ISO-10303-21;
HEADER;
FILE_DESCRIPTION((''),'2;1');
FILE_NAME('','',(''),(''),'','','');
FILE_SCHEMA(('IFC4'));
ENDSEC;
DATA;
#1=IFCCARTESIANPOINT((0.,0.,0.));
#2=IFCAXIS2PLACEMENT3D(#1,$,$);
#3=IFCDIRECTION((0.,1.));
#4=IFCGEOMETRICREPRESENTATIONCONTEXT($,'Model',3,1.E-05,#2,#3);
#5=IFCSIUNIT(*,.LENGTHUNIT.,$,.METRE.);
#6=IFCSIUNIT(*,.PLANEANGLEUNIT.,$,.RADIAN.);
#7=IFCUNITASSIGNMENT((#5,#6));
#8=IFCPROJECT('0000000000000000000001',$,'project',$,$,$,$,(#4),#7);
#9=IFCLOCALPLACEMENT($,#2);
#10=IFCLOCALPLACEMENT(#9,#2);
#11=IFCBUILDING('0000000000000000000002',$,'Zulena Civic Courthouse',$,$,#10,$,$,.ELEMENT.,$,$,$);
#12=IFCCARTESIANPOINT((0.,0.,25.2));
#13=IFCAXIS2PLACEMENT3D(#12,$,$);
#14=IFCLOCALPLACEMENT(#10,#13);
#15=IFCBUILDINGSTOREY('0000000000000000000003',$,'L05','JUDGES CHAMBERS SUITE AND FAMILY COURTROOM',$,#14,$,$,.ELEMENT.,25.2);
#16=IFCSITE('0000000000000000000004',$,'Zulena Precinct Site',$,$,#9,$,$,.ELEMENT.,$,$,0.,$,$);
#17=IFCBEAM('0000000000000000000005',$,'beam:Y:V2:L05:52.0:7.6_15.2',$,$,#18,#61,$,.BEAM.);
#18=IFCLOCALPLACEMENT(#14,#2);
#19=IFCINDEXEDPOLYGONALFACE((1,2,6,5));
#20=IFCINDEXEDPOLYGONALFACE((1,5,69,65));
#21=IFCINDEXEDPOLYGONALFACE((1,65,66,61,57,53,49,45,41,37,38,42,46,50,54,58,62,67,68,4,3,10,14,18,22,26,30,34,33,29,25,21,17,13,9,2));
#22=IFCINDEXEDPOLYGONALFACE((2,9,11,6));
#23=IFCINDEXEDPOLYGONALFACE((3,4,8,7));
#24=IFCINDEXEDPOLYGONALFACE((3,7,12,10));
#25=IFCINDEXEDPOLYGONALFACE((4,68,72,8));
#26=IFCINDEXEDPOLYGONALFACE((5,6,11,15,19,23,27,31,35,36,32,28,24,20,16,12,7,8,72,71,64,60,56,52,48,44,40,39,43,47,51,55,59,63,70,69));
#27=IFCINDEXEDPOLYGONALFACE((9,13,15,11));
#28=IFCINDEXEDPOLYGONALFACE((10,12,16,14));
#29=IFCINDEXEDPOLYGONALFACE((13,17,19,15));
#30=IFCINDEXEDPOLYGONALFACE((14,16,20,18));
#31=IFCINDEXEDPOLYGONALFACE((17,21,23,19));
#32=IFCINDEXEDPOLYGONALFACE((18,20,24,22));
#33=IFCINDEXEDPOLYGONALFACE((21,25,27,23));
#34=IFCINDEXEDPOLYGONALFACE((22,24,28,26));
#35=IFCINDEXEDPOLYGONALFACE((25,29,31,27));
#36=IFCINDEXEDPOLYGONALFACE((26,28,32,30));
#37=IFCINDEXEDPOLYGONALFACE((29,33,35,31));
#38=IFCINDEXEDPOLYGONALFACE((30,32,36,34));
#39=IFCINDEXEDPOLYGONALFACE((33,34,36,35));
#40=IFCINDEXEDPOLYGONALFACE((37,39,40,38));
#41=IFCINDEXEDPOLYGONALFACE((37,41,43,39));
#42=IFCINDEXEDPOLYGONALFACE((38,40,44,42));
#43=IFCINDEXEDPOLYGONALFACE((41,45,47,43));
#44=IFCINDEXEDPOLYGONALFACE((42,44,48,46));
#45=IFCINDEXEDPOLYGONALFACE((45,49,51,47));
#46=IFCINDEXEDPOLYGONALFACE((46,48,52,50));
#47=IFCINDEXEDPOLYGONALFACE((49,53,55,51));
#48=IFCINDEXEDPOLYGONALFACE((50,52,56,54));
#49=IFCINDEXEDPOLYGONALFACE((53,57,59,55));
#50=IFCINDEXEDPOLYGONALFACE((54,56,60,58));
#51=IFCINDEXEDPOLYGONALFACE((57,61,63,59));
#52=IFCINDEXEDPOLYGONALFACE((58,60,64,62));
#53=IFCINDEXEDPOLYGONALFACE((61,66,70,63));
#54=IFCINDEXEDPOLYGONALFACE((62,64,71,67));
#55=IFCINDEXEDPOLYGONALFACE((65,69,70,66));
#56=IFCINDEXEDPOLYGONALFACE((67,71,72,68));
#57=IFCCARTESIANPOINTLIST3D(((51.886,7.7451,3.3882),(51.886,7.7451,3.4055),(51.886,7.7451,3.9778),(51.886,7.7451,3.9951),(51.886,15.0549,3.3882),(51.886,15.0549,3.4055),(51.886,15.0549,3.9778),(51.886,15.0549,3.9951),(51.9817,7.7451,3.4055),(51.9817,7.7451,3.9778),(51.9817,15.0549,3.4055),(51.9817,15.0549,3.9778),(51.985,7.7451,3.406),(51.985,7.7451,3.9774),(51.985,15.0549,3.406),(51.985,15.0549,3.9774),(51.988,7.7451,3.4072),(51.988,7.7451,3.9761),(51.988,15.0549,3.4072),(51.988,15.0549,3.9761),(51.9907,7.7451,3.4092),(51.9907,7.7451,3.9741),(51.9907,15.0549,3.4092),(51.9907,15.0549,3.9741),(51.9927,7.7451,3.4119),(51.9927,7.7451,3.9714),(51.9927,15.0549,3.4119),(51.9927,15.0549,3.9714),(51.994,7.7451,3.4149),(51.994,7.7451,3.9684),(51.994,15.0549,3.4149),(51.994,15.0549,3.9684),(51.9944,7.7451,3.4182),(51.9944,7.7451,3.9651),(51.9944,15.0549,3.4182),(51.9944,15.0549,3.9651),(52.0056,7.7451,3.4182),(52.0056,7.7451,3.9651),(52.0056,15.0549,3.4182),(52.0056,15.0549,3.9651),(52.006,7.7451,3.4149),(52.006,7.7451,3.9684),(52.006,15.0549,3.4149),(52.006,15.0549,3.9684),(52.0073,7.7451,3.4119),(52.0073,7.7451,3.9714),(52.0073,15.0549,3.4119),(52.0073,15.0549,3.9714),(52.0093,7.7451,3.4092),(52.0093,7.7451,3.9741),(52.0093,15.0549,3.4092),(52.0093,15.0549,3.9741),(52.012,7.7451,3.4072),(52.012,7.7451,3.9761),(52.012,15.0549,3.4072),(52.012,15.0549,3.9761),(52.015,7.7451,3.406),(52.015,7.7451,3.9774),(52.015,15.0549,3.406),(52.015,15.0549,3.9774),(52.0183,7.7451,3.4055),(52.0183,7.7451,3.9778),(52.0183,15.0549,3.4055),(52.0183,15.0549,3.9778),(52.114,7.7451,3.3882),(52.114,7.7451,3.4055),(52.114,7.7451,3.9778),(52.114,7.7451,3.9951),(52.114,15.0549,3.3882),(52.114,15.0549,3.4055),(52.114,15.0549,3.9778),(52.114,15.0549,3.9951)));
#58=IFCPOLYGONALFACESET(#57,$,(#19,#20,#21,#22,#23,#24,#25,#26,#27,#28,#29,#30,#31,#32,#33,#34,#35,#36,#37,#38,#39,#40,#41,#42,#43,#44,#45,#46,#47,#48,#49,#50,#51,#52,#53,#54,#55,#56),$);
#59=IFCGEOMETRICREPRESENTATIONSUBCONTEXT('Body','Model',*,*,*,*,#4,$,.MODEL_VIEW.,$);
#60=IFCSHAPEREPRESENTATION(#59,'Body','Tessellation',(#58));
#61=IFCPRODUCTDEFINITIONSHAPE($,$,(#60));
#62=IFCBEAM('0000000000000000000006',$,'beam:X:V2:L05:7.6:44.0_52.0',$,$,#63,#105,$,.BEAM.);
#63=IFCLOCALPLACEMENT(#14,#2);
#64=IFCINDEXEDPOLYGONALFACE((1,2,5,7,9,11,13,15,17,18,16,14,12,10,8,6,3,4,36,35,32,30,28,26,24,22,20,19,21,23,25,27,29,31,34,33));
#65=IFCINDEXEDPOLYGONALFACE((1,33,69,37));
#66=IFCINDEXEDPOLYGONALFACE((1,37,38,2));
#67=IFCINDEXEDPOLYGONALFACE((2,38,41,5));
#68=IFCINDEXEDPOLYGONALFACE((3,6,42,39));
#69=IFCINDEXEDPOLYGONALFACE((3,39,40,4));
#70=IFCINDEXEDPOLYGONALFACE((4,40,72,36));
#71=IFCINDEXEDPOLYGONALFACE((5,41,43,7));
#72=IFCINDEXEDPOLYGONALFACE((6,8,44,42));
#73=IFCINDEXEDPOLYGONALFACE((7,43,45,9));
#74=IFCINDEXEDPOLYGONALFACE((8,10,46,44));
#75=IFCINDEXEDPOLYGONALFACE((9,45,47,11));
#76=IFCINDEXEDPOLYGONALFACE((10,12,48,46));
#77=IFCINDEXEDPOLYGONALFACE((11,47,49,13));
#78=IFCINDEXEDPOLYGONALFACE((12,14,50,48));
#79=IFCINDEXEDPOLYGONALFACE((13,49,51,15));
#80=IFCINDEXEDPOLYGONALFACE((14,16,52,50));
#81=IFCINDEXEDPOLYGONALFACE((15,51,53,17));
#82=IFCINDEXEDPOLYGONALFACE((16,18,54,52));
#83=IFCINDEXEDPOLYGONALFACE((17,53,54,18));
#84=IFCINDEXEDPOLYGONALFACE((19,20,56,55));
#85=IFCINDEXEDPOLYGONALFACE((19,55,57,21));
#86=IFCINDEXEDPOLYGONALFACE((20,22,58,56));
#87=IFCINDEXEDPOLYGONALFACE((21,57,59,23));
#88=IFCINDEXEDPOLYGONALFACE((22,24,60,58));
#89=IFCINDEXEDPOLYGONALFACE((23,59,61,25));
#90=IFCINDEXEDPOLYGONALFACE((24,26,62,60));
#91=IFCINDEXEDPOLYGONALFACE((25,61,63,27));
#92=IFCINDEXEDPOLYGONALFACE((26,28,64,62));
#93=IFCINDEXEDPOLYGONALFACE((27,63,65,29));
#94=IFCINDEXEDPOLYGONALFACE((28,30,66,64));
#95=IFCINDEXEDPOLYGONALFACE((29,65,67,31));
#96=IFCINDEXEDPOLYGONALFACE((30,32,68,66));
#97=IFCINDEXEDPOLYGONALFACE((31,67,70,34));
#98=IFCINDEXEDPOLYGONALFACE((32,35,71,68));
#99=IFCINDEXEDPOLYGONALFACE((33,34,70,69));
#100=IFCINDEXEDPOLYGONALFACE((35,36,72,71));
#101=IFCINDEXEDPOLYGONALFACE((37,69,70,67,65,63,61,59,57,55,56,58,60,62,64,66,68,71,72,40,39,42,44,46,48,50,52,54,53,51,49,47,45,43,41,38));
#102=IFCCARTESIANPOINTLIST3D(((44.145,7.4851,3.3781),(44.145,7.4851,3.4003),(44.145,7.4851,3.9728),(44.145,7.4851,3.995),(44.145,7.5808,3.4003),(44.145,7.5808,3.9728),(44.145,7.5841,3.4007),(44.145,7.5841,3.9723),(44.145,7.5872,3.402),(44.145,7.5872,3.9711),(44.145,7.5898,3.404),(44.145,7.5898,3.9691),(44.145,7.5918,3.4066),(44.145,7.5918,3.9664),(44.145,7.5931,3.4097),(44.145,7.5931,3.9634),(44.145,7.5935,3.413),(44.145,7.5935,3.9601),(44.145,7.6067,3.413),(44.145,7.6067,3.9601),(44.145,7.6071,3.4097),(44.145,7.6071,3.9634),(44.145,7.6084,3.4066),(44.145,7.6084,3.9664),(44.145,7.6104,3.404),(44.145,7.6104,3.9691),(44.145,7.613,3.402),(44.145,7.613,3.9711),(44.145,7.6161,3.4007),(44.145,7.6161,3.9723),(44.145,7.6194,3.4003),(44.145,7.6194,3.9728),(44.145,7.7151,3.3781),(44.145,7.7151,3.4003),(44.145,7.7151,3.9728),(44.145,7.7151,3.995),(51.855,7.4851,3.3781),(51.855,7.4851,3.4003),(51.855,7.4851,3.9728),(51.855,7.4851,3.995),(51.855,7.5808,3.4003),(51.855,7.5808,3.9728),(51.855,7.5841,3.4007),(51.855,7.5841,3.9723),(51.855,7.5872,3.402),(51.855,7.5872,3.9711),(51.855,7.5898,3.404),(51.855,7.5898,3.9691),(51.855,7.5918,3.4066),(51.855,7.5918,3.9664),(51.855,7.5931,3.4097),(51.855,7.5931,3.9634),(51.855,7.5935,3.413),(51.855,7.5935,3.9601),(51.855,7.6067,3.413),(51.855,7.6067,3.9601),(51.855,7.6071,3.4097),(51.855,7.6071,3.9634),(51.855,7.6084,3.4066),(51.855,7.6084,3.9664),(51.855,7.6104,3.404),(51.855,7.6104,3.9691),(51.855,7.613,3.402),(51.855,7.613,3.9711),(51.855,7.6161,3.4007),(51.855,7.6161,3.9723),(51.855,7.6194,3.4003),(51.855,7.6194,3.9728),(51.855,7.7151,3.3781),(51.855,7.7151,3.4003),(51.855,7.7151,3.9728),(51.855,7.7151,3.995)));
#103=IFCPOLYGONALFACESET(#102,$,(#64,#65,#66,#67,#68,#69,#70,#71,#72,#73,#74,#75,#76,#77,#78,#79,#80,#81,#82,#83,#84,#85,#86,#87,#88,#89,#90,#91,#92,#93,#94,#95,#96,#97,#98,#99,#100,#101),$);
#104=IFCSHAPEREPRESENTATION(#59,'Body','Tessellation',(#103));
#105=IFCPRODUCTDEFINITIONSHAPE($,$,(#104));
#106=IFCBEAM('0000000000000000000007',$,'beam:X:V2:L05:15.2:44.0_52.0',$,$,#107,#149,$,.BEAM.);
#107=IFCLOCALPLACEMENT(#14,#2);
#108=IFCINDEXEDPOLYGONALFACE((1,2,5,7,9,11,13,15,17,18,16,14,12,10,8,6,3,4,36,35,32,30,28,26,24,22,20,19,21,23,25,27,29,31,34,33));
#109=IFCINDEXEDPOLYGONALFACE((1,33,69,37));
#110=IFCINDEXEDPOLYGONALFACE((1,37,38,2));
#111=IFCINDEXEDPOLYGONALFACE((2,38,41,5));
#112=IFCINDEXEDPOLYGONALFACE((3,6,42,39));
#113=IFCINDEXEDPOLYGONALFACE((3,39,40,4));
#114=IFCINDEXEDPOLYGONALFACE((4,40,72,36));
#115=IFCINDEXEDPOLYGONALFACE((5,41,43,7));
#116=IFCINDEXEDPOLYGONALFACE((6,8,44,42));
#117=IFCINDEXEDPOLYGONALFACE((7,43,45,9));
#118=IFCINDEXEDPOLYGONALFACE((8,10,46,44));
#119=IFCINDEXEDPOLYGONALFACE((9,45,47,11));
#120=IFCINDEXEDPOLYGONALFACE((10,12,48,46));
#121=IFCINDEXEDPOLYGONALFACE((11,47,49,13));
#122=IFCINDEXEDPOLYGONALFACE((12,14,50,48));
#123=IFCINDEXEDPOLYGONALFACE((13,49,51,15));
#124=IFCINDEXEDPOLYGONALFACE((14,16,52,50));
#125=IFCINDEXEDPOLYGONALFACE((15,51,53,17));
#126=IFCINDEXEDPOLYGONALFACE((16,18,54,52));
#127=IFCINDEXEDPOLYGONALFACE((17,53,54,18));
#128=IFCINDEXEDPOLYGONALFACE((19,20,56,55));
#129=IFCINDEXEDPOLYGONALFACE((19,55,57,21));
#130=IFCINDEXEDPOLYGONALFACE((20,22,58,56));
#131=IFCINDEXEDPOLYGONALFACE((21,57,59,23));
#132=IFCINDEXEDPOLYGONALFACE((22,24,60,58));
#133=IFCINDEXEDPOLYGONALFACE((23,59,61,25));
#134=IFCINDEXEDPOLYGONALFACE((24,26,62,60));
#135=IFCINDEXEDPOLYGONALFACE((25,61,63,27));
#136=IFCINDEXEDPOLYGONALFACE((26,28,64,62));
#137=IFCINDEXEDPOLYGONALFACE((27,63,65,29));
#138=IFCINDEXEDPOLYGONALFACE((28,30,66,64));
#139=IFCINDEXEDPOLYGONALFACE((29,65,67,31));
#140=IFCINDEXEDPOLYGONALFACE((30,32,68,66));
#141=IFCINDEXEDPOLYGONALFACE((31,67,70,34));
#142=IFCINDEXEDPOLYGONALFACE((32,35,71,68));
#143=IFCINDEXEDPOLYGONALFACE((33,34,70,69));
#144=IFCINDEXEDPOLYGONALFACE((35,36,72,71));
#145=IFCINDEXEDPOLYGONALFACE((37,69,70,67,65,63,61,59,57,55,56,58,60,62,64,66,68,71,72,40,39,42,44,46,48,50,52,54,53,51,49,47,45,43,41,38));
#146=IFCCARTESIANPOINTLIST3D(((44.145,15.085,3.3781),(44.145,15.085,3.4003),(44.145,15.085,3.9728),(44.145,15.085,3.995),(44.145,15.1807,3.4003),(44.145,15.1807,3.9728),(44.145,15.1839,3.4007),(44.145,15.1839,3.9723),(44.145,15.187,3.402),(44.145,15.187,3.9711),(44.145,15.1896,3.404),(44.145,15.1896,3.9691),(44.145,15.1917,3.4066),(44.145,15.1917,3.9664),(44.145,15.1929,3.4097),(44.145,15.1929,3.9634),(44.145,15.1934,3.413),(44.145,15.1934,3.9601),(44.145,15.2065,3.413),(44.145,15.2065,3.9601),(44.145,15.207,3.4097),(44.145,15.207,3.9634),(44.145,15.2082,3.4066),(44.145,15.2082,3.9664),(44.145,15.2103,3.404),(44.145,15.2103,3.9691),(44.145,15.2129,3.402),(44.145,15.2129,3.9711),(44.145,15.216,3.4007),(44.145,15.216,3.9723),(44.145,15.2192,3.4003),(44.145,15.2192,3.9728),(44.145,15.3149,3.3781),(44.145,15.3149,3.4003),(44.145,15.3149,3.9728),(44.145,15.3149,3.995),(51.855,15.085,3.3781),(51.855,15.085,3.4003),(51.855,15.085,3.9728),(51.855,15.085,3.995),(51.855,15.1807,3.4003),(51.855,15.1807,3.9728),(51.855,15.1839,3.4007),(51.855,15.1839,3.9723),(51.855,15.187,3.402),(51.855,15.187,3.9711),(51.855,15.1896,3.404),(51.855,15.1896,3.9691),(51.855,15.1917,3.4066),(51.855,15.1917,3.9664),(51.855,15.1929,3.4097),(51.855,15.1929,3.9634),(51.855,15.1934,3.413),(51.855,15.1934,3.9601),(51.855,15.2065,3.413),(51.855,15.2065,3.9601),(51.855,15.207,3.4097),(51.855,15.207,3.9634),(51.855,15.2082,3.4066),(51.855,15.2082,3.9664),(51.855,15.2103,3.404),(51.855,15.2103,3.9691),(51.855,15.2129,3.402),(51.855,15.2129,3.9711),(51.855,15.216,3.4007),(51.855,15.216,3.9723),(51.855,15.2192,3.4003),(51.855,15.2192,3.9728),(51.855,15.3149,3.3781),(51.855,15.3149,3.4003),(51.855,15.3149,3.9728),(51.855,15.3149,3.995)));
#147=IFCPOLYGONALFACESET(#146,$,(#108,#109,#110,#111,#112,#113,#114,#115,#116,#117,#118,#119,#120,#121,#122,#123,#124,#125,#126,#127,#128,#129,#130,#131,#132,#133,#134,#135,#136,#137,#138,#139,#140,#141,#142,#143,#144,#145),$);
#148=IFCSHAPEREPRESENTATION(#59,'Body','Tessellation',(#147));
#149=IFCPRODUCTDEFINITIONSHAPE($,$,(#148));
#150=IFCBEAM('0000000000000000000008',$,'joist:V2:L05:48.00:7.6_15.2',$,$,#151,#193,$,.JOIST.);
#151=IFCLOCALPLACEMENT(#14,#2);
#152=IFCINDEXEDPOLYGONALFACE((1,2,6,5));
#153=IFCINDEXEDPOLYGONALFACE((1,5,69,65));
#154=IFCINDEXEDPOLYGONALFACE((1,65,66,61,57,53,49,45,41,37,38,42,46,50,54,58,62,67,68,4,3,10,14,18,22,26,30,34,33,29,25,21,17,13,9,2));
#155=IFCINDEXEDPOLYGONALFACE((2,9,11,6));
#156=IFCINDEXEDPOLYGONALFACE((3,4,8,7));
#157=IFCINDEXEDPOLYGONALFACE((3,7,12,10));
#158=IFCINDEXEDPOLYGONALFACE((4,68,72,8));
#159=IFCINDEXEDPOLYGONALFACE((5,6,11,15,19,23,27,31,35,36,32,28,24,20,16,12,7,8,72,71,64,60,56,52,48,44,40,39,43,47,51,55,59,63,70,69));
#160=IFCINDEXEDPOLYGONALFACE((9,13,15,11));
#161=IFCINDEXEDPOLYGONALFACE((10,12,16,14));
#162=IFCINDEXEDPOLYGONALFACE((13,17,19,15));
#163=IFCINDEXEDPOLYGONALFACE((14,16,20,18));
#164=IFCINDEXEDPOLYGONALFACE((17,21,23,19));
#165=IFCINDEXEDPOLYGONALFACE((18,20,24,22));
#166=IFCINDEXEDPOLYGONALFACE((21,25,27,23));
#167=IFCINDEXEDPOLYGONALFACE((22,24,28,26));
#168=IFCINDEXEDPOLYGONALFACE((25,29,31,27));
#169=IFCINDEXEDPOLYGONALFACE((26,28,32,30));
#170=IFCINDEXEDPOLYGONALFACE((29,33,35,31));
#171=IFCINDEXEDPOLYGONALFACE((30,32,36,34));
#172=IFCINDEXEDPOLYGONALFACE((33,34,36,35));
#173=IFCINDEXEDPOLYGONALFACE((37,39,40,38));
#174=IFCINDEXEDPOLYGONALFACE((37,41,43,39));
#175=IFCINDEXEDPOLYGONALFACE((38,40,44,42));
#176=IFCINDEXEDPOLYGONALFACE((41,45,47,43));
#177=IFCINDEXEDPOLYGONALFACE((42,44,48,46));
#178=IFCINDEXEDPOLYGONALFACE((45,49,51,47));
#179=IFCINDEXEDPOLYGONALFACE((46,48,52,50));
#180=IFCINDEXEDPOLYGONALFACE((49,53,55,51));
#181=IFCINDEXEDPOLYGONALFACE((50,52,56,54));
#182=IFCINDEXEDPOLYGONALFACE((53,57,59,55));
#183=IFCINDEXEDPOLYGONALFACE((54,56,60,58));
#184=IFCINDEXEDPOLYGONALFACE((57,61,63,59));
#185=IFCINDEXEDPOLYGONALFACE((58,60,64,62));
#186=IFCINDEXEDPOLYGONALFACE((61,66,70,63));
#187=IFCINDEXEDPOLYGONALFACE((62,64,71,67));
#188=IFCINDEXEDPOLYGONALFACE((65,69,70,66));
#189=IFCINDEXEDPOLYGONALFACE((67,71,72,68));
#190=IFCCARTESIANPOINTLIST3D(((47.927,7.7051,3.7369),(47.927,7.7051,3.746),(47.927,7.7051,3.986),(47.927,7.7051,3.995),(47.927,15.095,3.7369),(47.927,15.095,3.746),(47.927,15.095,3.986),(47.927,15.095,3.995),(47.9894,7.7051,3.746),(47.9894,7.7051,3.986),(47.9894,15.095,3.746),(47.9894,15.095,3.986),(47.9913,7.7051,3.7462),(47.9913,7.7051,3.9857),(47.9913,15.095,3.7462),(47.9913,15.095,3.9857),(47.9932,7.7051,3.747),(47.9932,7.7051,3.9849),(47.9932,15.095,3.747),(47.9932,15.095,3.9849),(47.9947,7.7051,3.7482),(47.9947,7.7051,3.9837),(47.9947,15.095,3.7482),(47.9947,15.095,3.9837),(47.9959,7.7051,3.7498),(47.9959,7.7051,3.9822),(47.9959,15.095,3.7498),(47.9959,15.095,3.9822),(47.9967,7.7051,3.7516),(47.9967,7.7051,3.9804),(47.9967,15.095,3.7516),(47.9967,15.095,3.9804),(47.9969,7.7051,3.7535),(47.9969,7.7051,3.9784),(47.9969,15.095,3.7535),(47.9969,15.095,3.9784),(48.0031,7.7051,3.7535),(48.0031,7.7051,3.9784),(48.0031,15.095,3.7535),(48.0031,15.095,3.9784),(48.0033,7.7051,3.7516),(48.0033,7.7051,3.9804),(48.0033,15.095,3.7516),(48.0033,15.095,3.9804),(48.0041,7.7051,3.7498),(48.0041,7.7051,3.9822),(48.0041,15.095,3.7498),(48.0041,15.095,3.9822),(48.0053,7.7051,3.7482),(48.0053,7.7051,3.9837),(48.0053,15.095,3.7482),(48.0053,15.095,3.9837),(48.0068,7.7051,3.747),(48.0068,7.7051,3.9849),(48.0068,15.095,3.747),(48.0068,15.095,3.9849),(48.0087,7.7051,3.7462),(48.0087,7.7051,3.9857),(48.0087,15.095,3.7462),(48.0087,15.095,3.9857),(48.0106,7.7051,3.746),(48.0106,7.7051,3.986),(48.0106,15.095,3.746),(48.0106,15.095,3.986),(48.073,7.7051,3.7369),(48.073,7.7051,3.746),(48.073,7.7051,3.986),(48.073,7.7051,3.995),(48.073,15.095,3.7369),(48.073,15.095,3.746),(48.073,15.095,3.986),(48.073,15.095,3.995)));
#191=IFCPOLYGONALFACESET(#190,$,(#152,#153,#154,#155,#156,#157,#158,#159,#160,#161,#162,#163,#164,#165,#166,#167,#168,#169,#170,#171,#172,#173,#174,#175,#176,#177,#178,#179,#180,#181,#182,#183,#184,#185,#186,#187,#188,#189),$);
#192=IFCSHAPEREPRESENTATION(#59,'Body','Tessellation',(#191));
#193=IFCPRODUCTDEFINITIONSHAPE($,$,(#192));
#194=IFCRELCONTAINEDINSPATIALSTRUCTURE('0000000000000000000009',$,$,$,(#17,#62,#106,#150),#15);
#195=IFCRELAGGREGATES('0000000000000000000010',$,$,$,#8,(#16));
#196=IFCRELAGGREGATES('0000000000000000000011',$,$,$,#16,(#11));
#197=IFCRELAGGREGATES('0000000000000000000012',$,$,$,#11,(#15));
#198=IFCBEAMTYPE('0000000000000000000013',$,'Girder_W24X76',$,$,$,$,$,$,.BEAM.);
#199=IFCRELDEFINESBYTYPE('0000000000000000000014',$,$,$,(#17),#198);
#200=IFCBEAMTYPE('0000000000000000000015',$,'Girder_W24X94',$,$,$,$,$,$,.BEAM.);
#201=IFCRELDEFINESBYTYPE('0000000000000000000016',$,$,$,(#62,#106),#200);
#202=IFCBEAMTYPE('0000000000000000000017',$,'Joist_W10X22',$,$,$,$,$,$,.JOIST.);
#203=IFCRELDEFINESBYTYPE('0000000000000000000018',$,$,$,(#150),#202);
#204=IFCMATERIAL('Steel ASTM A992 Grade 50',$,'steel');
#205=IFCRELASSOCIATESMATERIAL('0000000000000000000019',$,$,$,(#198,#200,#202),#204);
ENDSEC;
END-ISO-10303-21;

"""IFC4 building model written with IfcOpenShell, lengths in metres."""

from ifc_helpers import new_model, si_unit, direction, frame, origin, origin_2d, place, context, subcontext, project, spatial, i_section, extrude, material, material_profile, profile_set, type_object, element, save


model = new_model("IFC4")

# Units and contexts
model_context = context("Model", 3, precision=1e-05, world=origin(), true_north=direction((0.0, 1.0)))
body_context = subcontext(model_context, "Body", "Model", "MODEL_VIEW")
ifc_project = project(units=[si_unit("LENGTHUNIT", "METRE"), si_unit("PLANEANGLEUNIT", "RADIAN")], contexts=[model_context])

# Site, building, storey
site_placement = place(None, origin())
site = spatial("IfcSite", under=ifc_project, at=site_placement, Name="Zulena Precinct Site", CompositionType="ELEMENT", RefElevation=0.0)
building_placement = place(site_placement, origin())
building = spatial("IfcBuilding", under=site, at=building_placement, Name="Zulena Civic Courthouse", CompositionType="ELEMENT")
storey_placement = place(building_placement, frame((0.0, 0.0, 25.2)))
storey = spatial("IfcBuildingStorey", under=building, at=storey_placement, Name="L05", Description="JUDGES CHAMBERS SUITE AND FAMILY COURTROOM", CompositionType="ELEMENT", Elevation=25.2)

# Shared definitions
ifc_material_1 = material(Name="Steel ASTM A992 Grade 50", Category="steel")

# Beams
ifc_material_profile_1 = material_profile(ifc_material_1, i_section(OverallWidth=0.228, OverallDepth=0.6069, WebThickness=0.0112, FlangeThickness=0.0173, FilletRadius=0.0127, at=origin_2d()), Name="W24X76")
ifc_profile_set_1 = profile_set([ifc_material_profile_1], Name="Steel ASTM A992 Grade 50")
beam_type_1 = type_object("IfcBeamType", Name="Girder_W24X76", PredefinedType="BEAM", material=ifc_profile_set_1)
for number, where, z_axis, x_axis, name in (
    (1, (52.0, 7.7451, 3.6917), (0.0, 1.0, 0.0), (-1.0, 0.0, 0.0), "beam:Y:V2:L05:52.0:7.6_15.2"),
):
    element("IfcBeam", number, at=place(storey_placement, frame(where, z_axis=z_axis, x_axis=x_axis)), inside=storey, type_object=beam_type_1, Name=name, PredefinedType="BEAM", context=body_context, shape_type="SweptSolid", body=[
        extrude(i_section(OverallWidth=0.228, OverallDepth=0.6069, WebThickness=0.0112, FlangeThickness=0.0173, FilletRadius=0.0127, at=origin_2d()), origin(), (0.0, 0.0, 1.0), 7.3098),
    ])
ifc_material_profile_2 = material_profile(ifc_material_1, i_section(OverallWidth=0.23, OverallDepth=0.6169, WebThickness=0.0132, FlangeThickness=0.0222, FilletRadius=0.0127, at=origin_2d()), Name="W24X94")
ifc_profile_set_2 = profile_set([ifc_material_profile_2], Name="Steel ASTM A992 Grade 50")
beam_type_2 = type_object("IfcBeamType", Name="Girder_W24X94", PredefinedType="BEAM", material=ifc_profile_set_2)
for number, where, z_axis, x_axis, name in (
    (2, (44.145, 7.6001, 3.6865), (1.0, 0.0, 0.0), (0.0, 1.0, 0.0), "beam:X:V2:L05:7.6:44.0_52.0"),
    (3, (44.145, 15.2, 3.6865), (1.0, 0.0, 0.0), (0.0, 1.0, 0.0), "beam:X:V2:L05:15.2:44.0_52.0"),
):
    element("IfcBeam", number, at=place(storey_placement, frame(where, z_axis=z_axis, x_axis=x_axis)), inside=storey, type_object=beam_type_2, Name=name, PredefinedType="BEAM", context=body_context, shape_type="SweptSolid", body=[
        extrude(i_section(OverallWidth=0.23, OverallDepth=0.6169, WebThickness=0.0132, FlangeThickness=0.0222, FilletRadius=0.0127, at=origin_2d()), origin(), (0.0, 0.0, 1.0), 7.71),
    ])
ifc_material_profile_3 = material_profile(ifc_material_1, i_section(OverallWidth=0.146, OverallDepth=0.2581, WebThickness=0.0061, FlangeThickness=0.009, FilletRadius=0.0076, at=origin_2d()), Name="W10X22")
ifc_profile_set_3 = profile_set([ifc_material_profile_3], Name="Steel ASTM A992 Grade 50")
beam_type_3 = type_object("IfcBeamType", Name="Joist_W10X22", PredefinedType="JOIST", material=ifc_profile_set_3)
beam_placement = place(storey_placement, frame((48.0, 7.7051, 3.866), z_axis=(0.0, 1.0, 0.0), x_axis=(-1.0, 0.0, 0.0)))
element("IfcBeam", 4, at=beam_placement, inside=storey, type_object=beam_type_3, Name="joist:V2:L05:48.00:7.6_15.2", PredefinedType="JOIST", context=body_context, shape_type="SweptSolid", body=[
    extrude(i_section(OverallWidth=0.146, OverallDepth=0.2581, WebThickness=0.0061, FlangeThickness=0.009, FilletRadius=0.0076, at=origin_2d()), origin(), (0.0, 0.0, 1.0), 7.3899),
])

save(model, "model.ifc")
